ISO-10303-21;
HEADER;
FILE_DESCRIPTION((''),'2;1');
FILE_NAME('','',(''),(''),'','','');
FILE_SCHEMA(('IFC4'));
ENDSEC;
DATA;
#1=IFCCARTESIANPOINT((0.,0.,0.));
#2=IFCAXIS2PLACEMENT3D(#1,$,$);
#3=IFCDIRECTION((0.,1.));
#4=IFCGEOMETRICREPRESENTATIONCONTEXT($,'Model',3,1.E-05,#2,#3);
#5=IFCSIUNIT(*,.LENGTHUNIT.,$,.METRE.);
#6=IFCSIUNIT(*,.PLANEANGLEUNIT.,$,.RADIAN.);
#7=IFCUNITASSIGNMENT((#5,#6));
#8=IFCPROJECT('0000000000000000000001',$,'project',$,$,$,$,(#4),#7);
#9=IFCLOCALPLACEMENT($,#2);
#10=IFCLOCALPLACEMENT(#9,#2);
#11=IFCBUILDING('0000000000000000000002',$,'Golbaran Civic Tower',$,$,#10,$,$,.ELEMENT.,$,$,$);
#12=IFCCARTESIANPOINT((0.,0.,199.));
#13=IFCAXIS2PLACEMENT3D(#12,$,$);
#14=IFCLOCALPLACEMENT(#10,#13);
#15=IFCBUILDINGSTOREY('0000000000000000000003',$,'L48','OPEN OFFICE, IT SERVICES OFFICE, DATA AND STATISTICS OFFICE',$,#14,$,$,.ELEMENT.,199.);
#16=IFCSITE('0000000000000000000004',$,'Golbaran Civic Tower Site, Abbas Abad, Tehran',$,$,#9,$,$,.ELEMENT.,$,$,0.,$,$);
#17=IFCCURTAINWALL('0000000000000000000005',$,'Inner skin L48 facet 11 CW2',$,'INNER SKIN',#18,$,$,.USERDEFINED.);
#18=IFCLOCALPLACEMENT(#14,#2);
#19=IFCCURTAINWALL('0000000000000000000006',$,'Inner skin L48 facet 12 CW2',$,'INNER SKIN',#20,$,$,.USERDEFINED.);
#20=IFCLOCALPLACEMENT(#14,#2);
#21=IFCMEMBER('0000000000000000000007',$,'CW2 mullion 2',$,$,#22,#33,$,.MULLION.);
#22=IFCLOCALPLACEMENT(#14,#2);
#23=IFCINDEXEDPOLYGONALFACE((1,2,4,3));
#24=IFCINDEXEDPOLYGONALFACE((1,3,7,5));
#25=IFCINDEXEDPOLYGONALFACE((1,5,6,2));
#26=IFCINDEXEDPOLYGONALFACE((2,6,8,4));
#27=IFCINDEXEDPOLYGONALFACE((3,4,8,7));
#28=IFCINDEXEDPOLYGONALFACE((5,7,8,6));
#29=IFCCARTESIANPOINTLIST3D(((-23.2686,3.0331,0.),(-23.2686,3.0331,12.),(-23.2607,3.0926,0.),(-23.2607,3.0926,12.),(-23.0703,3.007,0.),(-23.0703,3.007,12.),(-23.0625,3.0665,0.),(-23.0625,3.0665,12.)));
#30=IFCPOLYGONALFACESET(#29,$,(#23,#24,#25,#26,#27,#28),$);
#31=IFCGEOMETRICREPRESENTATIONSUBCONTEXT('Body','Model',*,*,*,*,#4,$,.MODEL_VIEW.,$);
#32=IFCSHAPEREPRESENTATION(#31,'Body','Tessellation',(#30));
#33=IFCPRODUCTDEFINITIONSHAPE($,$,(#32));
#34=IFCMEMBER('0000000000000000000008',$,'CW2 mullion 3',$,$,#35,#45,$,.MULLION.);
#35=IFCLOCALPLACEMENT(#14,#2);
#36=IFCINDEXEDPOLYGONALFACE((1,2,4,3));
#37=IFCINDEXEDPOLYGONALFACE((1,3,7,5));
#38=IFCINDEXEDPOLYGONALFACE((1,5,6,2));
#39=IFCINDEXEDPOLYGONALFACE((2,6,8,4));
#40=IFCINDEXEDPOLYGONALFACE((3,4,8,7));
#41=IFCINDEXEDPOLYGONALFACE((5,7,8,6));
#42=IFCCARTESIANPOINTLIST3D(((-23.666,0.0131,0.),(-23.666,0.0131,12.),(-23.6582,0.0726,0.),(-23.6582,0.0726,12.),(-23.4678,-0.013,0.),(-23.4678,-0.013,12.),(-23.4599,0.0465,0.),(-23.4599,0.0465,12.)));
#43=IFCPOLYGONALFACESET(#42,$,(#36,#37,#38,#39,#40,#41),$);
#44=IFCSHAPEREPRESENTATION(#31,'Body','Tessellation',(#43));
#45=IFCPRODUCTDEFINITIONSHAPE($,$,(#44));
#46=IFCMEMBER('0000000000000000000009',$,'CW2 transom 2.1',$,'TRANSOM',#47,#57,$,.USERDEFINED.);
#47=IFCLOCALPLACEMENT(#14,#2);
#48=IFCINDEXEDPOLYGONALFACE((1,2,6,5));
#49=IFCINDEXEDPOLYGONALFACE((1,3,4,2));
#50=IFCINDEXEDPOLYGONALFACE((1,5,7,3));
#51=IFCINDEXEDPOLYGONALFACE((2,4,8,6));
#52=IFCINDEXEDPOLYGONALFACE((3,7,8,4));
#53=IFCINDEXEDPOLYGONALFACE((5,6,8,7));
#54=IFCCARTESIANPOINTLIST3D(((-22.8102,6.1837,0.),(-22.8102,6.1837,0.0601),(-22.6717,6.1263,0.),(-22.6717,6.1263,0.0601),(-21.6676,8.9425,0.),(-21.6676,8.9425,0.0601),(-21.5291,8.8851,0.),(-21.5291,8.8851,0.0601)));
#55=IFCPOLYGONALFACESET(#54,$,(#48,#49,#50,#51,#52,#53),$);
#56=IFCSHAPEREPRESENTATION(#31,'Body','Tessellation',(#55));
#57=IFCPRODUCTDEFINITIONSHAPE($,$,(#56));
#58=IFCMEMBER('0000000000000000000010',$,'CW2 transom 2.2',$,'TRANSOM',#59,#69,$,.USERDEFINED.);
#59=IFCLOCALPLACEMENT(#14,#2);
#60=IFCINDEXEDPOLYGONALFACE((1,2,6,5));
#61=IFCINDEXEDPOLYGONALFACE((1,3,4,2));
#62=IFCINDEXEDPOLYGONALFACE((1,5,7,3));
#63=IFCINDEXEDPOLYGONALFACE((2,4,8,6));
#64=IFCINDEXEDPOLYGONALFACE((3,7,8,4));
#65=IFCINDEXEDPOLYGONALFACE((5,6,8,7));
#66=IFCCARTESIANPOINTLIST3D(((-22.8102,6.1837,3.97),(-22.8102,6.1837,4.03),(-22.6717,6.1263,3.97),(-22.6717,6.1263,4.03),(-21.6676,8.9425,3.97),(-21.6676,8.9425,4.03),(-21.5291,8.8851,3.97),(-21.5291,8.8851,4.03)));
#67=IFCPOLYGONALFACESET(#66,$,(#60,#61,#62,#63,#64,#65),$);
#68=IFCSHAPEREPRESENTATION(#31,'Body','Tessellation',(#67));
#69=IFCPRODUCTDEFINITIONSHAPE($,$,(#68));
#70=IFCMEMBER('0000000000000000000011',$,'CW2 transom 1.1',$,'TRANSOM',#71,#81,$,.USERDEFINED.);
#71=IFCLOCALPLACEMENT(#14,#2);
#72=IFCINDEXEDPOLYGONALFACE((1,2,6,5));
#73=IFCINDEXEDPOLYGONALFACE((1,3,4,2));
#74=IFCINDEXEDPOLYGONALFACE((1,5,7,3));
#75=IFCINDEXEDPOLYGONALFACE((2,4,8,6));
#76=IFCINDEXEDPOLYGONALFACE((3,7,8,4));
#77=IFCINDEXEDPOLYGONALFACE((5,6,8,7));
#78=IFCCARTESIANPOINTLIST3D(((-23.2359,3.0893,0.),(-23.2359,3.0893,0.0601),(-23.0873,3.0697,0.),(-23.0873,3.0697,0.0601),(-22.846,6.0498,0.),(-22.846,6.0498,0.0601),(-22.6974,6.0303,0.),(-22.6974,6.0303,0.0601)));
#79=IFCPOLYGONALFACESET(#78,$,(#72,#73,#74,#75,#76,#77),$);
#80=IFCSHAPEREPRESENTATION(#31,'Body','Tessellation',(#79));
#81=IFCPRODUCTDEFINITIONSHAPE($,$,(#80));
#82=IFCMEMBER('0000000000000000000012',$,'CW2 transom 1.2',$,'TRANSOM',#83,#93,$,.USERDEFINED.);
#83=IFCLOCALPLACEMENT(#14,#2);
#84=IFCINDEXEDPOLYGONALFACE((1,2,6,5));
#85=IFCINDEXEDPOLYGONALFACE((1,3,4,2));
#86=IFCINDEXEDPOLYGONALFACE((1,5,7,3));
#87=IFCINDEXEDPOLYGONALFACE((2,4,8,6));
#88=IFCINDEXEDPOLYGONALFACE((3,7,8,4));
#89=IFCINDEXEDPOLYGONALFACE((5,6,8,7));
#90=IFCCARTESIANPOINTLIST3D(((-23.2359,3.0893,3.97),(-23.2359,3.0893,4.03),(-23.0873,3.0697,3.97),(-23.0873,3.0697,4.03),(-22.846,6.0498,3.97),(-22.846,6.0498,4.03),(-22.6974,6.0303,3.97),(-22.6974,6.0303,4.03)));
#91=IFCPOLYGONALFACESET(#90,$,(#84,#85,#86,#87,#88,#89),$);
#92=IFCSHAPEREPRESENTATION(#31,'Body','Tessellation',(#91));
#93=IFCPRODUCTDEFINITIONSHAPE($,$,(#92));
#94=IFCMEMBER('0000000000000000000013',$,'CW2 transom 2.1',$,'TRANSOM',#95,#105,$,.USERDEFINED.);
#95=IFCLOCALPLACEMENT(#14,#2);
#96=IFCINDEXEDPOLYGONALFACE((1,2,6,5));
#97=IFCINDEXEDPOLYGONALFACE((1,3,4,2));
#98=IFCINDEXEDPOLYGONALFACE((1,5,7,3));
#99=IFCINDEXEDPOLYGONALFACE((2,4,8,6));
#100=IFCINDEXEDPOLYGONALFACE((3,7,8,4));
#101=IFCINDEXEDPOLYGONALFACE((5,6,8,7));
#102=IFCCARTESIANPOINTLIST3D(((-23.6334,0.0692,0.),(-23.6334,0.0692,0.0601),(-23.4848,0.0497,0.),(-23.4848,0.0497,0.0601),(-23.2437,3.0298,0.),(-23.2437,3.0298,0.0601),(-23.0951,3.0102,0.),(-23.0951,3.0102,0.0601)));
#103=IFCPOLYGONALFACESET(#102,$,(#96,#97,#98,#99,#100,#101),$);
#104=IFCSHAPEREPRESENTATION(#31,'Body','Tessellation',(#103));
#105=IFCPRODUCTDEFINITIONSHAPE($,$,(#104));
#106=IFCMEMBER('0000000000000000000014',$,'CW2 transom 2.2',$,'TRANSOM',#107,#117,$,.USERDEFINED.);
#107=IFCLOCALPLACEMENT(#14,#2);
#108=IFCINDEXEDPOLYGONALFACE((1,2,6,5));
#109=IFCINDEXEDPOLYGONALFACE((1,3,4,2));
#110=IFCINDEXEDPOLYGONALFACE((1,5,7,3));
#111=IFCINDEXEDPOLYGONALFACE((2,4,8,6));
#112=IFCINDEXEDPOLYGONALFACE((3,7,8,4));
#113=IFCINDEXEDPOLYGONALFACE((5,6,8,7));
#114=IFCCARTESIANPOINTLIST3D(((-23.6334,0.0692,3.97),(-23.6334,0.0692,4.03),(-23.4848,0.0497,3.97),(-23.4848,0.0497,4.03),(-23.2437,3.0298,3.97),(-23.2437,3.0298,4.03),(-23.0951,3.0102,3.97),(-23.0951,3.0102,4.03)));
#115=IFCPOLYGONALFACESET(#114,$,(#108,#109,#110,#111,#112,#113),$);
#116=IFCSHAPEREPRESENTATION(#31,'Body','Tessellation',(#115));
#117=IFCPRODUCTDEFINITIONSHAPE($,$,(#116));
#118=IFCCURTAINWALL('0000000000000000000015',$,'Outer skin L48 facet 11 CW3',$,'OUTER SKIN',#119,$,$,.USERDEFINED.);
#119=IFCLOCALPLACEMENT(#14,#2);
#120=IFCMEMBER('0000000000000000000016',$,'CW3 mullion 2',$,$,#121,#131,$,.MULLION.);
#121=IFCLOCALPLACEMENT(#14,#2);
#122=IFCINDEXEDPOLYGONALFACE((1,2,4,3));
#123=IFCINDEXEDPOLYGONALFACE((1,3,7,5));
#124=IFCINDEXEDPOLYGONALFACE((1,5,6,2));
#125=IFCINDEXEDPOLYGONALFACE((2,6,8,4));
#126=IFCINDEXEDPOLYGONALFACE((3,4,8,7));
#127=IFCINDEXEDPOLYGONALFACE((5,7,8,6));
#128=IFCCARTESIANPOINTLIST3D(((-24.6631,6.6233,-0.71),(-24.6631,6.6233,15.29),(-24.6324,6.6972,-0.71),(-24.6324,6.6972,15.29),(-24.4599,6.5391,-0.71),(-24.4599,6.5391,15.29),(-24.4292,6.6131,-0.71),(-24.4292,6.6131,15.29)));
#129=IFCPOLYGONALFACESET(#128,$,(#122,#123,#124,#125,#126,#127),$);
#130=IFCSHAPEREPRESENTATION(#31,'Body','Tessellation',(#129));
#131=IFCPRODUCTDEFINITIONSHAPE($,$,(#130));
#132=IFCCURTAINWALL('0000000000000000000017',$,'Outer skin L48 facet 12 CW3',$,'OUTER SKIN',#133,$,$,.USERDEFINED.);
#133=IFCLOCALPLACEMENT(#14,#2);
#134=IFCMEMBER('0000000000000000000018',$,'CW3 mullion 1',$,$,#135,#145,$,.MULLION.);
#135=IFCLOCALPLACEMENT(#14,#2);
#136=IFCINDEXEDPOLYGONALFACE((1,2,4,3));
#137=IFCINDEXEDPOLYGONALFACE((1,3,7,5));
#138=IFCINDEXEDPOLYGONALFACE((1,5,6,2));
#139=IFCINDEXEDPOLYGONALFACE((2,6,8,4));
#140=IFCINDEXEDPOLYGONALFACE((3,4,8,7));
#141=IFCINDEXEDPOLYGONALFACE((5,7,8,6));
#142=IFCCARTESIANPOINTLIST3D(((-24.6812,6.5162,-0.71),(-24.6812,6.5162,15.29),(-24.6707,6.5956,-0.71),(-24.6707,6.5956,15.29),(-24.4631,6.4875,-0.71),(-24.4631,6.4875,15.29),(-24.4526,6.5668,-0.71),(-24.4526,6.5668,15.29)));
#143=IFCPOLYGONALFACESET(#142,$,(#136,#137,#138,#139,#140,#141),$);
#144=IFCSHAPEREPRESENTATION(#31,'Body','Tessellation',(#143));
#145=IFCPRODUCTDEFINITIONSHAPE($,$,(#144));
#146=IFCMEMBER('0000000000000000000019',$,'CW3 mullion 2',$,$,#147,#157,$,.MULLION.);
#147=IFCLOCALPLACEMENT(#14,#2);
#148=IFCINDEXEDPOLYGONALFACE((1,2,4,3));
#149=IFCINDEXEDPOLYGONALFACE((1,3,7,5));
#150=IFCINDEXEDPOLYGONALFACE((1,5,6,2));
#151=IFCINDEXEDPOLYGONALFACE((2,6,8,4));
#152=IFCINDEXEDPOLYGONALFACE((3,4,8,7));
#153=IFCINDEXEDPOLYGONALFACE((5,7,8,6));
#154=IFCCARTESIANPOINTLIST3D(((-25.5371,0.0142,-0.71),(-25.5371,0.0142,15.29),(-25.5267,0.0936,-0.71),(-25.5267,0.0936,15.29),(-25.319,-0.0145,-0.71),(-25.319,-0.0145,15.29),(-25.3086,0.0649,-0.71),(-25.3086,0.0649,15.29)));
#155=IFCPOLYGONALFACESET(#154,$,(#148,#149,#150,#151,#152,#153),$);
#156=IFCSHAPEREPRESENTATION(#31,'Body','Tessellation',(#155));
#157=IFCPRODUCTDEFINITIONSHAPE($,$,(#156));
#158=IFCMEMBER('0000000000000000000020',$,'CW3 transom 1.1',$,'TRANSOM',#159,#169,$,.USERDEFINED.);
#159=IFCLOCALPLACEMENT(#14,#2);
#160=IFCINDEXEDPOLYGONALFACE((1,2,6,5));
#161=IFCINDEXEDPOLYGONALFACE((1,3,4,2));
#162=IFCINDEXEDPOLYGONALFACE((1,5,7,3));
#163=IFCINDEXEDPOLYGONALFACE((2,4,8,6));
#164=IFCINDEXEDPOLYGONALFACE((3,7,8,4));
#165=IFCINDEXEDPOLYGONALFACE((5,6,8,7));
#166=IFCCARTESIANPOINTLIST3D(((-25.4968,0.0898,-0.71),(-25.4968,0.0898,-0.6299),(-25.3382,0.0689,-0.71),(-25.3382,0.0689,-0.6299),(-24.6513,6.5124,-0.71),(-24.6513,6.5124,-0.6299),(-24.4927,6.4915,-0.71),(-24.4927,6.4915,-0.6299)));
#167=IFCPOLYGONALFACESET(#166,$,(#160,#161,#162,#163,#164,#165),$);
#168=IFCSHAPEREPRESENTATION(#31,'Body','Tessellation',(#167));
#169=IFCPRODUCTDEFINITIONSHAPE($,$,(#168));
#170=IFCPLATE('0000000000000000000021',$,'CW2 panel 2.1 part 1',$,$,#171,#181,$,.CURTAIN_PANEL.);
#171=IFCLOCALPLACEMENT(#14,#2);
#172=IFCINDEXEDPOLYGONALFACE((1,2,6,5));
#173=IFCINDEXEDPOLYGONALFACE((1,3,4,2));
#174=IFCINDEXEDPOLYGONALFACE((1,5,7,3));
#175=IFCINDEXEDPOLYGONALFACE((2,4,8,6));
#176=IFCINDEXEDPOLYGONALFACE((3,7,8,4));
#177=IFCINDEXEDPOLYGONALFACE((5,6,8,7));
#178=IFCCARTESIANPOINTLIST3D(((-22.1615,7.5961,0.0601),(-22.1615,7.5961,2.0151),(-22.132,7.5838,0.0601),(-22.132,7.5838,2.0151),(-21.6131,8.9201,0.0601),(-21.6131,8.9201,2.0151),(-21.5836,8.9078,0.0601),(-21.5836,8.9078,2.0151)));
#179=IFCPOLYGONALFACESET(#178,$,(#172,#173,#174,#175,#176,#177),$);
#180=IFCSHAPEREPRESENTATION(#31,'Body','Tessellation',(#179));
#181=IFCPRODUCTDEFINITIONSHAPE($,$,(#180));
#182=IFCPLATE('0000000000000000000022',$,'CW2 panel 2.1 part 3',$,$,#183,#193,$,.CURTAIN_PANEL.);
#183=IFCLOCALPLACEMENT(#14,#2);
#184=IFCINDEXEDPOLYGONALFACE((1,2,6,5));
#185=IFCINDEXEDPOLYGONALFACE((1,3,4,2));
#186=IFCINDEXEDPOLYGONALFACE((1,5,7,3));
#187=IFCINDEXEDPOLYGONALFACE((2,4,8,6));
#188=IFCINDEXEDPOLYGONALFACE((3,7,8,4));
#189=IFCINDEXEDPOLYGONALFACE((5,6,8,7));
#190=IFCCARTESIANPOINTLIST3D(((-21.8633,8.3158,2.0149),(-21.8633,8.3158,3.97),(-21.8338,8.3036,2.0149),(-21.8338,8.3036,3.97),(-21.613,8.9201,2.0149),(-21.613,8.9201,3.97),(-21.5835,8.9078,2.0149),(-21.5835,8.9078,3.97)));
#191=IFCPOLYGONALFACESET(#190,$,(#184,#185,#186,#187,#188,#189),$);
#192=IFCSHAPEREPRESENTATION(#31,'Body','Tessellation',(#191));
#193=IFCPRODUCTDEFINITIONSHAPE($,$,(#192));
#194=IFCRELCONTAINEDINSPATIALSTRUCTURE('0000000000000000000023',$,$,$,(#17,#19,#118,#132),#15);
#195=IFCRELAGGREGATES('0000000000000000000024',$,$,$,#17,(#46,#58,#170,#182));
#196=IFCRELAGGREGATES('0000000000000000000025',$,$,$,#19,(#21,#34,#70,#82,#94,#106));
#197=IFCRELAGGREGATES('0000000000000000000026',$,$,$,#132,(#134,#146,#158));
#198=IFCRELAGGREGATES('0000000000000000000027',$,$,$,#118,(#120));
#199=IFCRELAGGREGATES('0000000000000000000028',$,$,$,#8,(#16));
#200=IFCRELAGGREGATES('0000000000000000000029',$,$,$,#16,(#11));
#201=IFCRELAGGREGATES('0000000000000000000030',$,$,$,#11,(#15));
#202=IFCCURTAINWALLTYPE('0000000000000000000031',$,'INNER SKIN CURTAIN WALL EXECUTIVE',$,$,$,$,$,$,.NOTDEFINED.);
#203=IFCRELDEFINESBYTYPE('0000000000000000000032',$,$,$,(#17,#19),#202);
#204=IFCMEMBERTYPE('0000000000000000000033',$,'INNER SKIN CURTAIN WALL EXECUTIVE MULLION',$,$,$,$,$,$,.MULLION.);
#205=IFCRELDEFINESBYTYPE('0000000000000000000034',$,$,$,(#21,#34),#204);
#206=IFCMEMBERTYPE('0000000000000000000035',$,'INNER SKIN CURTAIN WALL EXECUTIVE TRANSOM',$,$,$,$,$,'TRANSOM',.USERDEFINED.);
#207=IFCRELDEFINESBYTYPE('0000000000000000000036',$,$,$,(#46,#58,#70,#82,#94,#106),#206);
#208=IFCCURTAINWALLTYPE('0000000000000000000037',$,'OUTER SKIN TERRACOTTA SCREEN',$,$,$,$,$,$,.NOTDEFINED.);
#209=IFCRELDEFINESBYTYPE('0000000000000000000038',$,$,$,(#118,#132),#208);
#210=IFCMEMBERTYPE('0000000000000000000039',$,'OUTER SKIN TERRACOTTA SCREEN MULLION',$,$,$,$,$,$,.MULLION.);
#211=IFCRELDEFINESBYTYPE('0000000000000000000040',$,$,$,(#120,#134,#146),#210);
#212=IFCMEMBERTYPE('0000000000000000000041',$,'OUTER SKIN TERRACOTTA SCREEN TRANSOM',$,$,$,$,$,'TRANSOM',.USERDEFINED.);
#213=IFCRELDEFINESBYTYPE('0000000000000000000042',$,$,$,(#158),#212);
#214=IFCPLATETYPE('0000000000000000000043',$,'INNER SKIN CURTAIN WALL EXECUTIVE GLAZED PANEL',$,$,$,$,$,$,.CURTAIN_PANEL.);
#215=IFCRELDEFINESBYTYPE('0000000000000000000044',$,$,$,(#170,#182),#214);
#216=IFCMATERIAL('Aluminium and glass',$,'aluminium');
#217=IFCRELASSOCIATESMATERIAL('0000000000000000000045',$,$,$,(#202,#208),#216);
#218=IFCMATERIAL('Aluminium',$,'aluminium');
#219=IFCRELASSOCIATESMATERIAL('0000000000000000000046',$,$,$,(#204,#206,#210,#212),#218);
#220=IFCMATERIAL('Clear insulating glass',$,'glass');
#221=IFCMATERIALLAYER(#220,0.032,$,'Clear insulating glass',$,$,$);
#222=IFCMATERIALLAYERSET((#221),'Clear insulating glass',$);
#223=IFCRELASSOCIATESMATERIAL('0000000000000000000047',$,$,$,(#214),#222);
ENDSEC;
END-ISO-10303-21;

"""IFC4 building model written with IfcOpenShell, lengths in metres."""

from ifc_helpers import new_model, si_unit, direction, frame, origin, origin_2d, place, context, subcontext, project, spatial, rectangle, extrude, material, layer, layer_set, material_profile, profile_set, type_object, element, aggregate, save


model = new_model("IFC4")

# Units and contexts
model_context = context("Model", 3, precision=1e-05, world=origin(), true_north=direction((0.0, 1.0)))
body_context = subcontext(model_context, "Body", "Model", "MODEL_VIEW")
ifc_project = project(units=[si_unit("LENGTHUNIT", "METRE"), si_unit("PLANEANGLEUNIT", "RADIAN")], contexts=[model_context])

# Site, building, storey
site_placement = place(None, origin())
site = spatial("IfcSite", under=ifc_project, at=site_placement, Name="Golbaran Civic Tower Site, Abbas Abad, Tehran", CompositionType="ELEMENT", RefElevation=0.0)
building_placement = place(site_placement, origin())
building = spatial("IfcBuilding", under=site, at=building_placement, Name="Golbaran Civic Tower", CompositionType="ELEMENT")
storey_placement = place(building_placement, frame((0.0, 0.0, 199.0)))
storey = spatial("IfcBuildingStorey", under=building, at=storey_placement, Name="L48", Description="OPEN OFFICE, IT SERVICES OFFICE, DATA AND STATISTICS OFFICE", CompositionType="ELEMENT", Elevation=199.0)

# Curtain walls, members
ifc_material_1 = material(Name="Aluminium and glass", Category="aluminium")
curtain_wall_type_1 = type_object("IfcCurtainWallType", Name="INNER SKIN CURTAIN WALL EXECUTIVE", PredefinedType="NOTDEFINED", material=ifc_material_1)
curtain_wall_1_placement = place(storey_placement, origin())
curtain_wall_1 = element("IfcCurtainWall", 1, at=curtain_wall_1_placement, inside=storey, type_object=curtain_wall_type_1, Name="Inner skin L48 facet 11 CW2", ObjectType="INNER SKIN", PredefinedType="USERDEFINED")
ifc_material_2 = material(Name="Aluminium", Category="aluminium")
ifc_material_profile_1 = material_profile(ifc_material_2, rectangle(XDim=0.2, YDim=0.0601, at=origin_2d()), Name="INNER SKIN CURTAIN WALL EXECUTIVE MULLION")
ifc_profile_set_1 = profile_set([ifc_material_profile_1], Name="Aluminium")
member_type_1 = type_object("IfcMemberType", Name="INNER SKIN CURTAIN WALL EXECUTIVE MULLION", PredefinedType="MULLION", material=ifc_profile_set_1)
curtain_wall_2_placement = place(storey_placement, origin())
curtain_wall_2 = element("IfcCurtainWall", 2, at=curtain_wall_2_placement, inside=storey, type_object=curtain_wall_type_1, Name="Inner skin L48 facet 12 CW2", ObjectType="INNER SKIN", PredefinedType="USERDEFINED")
member_1_placement = place(storey_placement, frame((-23.1655, 3.0498, 0.0), z_axis=(0.0, 0.0, 1.0), x_axis=(0.991445, -0.130526, 0.0)))
member_1 = element("IfcMember", 3, at=member_1_placement, type_object=member_type_1, Name="CW2 mullion 2", PredefinedType="MULLION", context=body_context, shape_type="SweptSolid", body=[
    extrude(rectangle(XDim=0.2, YDim=0.0601, at=origin_2d()), origin(), (0.0, 0.0, 1.0), 12.0),
])
member_2_placement = place(storey_placement, frame((-23.563, 0.0298, 0.0), z_axis=(0.0, 0.0, 1.0), x_axis=(0.991445, -0.130526, 0.0)))
member_2 = element("IfcMember", 4, at=member_2_placement, type_object=member_type_1, Name="CW2 mullion 3", PredefinedType="MULLION", context=body_context, shape_type="SweptSolid", body=[
    extrude(rectangle(XDim=0.2, YDim=0.0601, at=origin_2d()), origin(), (0.0, 0.0, 1.0), 12.0),
])

# Members
ifc_material_profile_2 = material_profile(ifc_material_2, rectangle(XDim=0.1499, YDim=0.0601, at=origin_2d()), Name="INNER SKIN CURTAIN WALL EXECUTIVE TRANSOM")
ifc_profile_set_2 = profile_set([ifc_material_profile_2], Name="Aluminium")
member_type_2 = type_object("IfcMemberType", Name="INNER SKIN CURTAIN WALL EXECUTIVE TRANSOM", ElementType="TRANSOM", PredefinedType="USERDEFINED", material=ifc_profile_set_2)
member_3_placement = place(storey_placement, frame((-21.5984, 8.9138, 0.03), z_axis=(-0.382641, -0.923897, 0.0), x_axis=(0.923897, -0.382641, 0.0)))
member_3 = element("IfcMember", 5, at=member_3_placement, type_object=member_type_2, Name="CW2 transom 2.1", ObjectType="TRANSOM", PredefinedType="USERDEFINED", context=body_context, shape_type="SweptSolid", body=[
    extrude(rectangle(XDim=0.1499, YDim=0.0601, at=origin_2d()), origin(), (0.0, 0.0, 1.0), 2.9861),
])
member_4_placement = place(storey_placement, frame((-21.5984, 8.9138, 4.0), z_axis=(-0.382641, -0.923897, 0.0), x_axis=(0.923897, -0.382641, 0.0)))
member_4 = element("IfcMember", 6, at=member_4_placement, type_object=member_type_2, Name="CW2 transom 2.2", ObjectType="TRANSOM", PredefinedType="USERDEFINED", context=body_context, shape_type="SweptSolid", body=[
    extrude(rectangle(XDim=0.1499, YDim=0.0601, at=origin_2d()), origin(), (0.0, 0.0, 1.0), 2.9861),
])
member_5_placement = place(storey_placement, frame((-22.7717, 6.04, 0.03), z_axis=(-0.130573, -0.991439, 0.0), x_axis=(0.991439, -0.130573, 0.0)))
member_5 = element("IfcMember", 7, at=member_5_placement, type_object=member_type_2, Name="CW2 transom 1.1", ObjectType="TRANSOM", PredefinedType="USERDEFINED", context=body_context, shape_type="SweptSolid", body=[
    extrude(rectangle(XDim=0.1499, YDim=0.0601, at=origin_2d()), origin(), (0.0, 0.0, 1.0), 2.9861),
])
member_6_placement = place(storey_placement, frame((-22.7717, 6.04, 4.0), z_axis=(-0.130573, -0.991439, 0.0), x_axis=(0.991439, -0.130573, 0.0)))
member_6 = element("IfcMember", 8, at=member_6_placement, type_object=member_type_2, Name="CW2 transom 1.2", ObjectType="TRANSOM", PredefinedType="USERDEFINED", context=body_context, shape_type="SweptSolid", body=[
    extrude(rectangle(XDim=0.1499, YDim=0.0601, at=origin_2d()), origin(), (0.0, 0.0, 1.0), 2.9861),
])
member_7_placement = place(storey_placement, frame((-23.1694, 3.02, 0.03), z_axis=(-0.130493, -0.991449, 0.0), x_axis=(0.991449, -0.130493, 0.0)))
member_7 = element("IfcMember", 9, at=member_7_placement, type_object=member_type_2, Name="CW2 transom 2.1", ObjectType="TRANSOM", PredefinedType="USERDEFINED", context=body_context, shape_type="SweptSolid", body=[
    extrude(rectangle(XDim=0.1499, YDim=0.0601, at=origin_2d()), origin(), (0.0, 0.0, 1.0), 2.9861),
])
member_8_placement = place(storey_placement, frame((-23.1694, 3.02, 4.0), z_axis=(-0.130493, -0.991449, 0.0), x_axis=(0.991449, -0.130493, 0.0)))
member_8 = element("IfcMember", 10, at=member_8_placement, type_object=member_type_2, Name="CW2 transom 2.2", ObjectType="TRANSOM", PredefinedType="USERDEFINED", context=body_context, shape_type="SweptSolid", body=[
    extrude(rectangle(XDim=0.1499, YDim=0.0601, at=origin_2d()), origin(), (0.0, 0.0, 1.0), 2.9861),
])

# Curtain wall, member
curtain_wall_type_2 = type_object("IfcCurtainWallType", Name="OUTER SKIN TERRACOTTA SCREEN", PredefinedType="NOTDEFINED", material=ifc_material_1)
curtain_wall_3_placement = place(storey_placement, origin())
curtain_wall_3 = element("IfcCurtainWall", 11, at=curtain_wall_3_placement, inside=storey, type_object=curtain_wall_type_2, Name="Outer skin L48 facet 11 CW3", ObjectType="OUTER SKIN", PredefinedType="USERDEFINED")
ifc_material_profile_3 = material_profile(ifc_material_2, rectangle(XDim=0.22, YDim=0.0801, at=origin_2d()), Name="OUTER SKIN TERRACOTTA SCREEN MULLION")
ifc_profile_set_3 = profile_set([ifc_material_profile_3], Name="Aluminium")
member_type_3 = type_object("IfcMemberType", Name="OUTER SKIN TERRACOTTA SCREEN MULLION", PredefinedType="MULLION", material=ifc_profile_set_3)
member_9_placement = place(storey_placement, frame((-24.5461, 6.6182, -0.71), z_axis=(0.0, 0.0, 1.0), x_axis=(0.92388, -0.382683, 0.0)))
member_9 = element("IfcMember", 12, at=member_9_placement, type_object=member_type_3, Name="CW3 mullion 2", PredefinedType="MULLION", context=body_context, shape_type="SweptSolid", body=[
    extrude(rectangle(XDim=0.22, YDim=0.0801, at=origin_2d()), origin(), (0.0, 0.0, 1.0), 16.0),
])

# Curtain wall, members
curtain_wall_4_placement = place(storey_placement, origin())
curtain_wall_4 = element("IfcCurtainWall", 13, at=curtain_wall_4_placement, inside=storey, type_object=curtain_wall_type_2, Name="Outer skin L48 facet 12 CW3", ObjectType="OUTER SKIN", PredefinedType="USERDEFINED")
member_10_placement = place(storey_placement, frame((-24.5669, 6.5415, -0.71), z_axis=(0.0, 0.0, 1.0), x_axis=(0.991445, -0.130526, 0.0)))
member_10 = element("IfcMember", 14, at=member_10_placement, type_object=member_type_3, Name="CW3 mullion 1", PredefinedType="MULLION", context=body_context, shape_type="SweptSolid", body=[
    extrude(rectangle(XDim=0.22, YDim=0.0801, at=origin_2d()), origin(), (0.0, 0.0, 1.0), 16.0),
])
member_11_placement = place(storey_placement, frame((-25.4229, 0.0396, -0.71), z_axis=(0.0, 0.0, 1.0), x_axis=(0.991445, -0.130526, 0.0)))
member_11 = element("IfcMember", 15, at=member_11_placement, type_object=member_type_3, Name="CW3 mullion 2", PredefinedType="MULLION", context=body_context, shape_type="SweptSolid", body=[
    extrude(rectangle(XDim=0.22, YDim=0.0801, at=origin_2d()), origin(), (0.0, 0.0, 1.0), 16.0),
])
ifc_material_profile_4 = material_profile(ifc_material_2, rectangle(XDim=0.1599, YDim=0.0801, at=origin_2d()), Name="OUTER SKIN TERRACOTTA SCREEN TRANSOM")
ifc_profile_set_4 = profile_set([ifc_material_profile_4], Name="Aluminium")
member_type_4 = type_object("IfcMemberType", Name="OUTER SKIN TERRACOTTA SCREEN TRANSOM", ElementType="TRANSOM", PredefinedType="USERDEFINED", material=ifc_profile_set_4)
member_12_placement = place(storey_placement, frame((-24.572, 6.502, -0.6699), z_axis=(-0.130512, -0.991447, 0.0), x_axis=(0.991447, -0.130512, 0.0)))
member_12 = element("IfcMember", 16, at=member_12_placement, type_object=member_type_4, Name="CW3 transom 1.1", ObjectType="TRANSOM", PredefinedType="USERDEFINED", context=body_context, shape_type="SweptSolid", body=[
    extrude(rectangle(XDim=0.1599, YDim=0.0801, at=origin_2d()), origin(), (0.0, 0.0, 1.0), 6.478),
])

# Plates
ifc_material_3 = material(Name="Clear insulating glass", Category="glass")
ifc_layer_1 = layer(ifc_material_3, 0.032, Name="Clear insulating glass")
ifc_layer_set_1 = layer_set([ifc_layer_1], Name="Clear insulating glass")
plate_type_1 = type_object("IfcPlateType", Name="INNER SKIN CURTAIN WALL EXECUTIVE GLAZED PANEL", PredefinedType="CURTAIN_PANEL", material=ifc_layer_set_1)
plate_1_placement = place(storey_placement, frame((-21.8726, 8.252, 0.0601), z_axis=(0.0, 0.0, 1.0), x_axis=(-0.382683, -0.92388, 0.0)))
plate_1 = element("IfcPlate", 17, at=plate_1_placement, type_object=plate_type_1, Name="CW2 panel 2.1 part 1", PredefinedType="CURTAIN_PANEL", context=body_context, shape_type="SweptSolid", body=[
    extrude(rectangle(XDim=1.4331, YDim=0.032, at=origin_2d()), origin(), (0.0, 0.0, 1.0), 1.9551),
])
plate_2_placement = place(storey_placement, frame((-21.7234, 8.6118, 2.0149), z_axis=(0.0, 0.0, 1.0), x_axis=(-0.382683, -0.92388, 0.0)))
plate_2 = element("IfcPlate", 18, at=plate_2_placement, type_object=plate_type_1, Name="CW2 panel 2.1 part 3", PredefinedType="CURTAIN_PANEL", context=body_context, shape_type="SweptSolid", body=[
    extrude(rectangle(XDim=0.6541, YDim=0.032, at=origin_2d()), origin(), (0.0, 0.0, 1.0), 1.9551),
])
aggregate(curtain_wall_1, [member_3, member_4, plate_1, plate_2])
aggregate(curtain_wall_2, [member_1, member_2, member_5, member_6, member_7, member_8])
aggregate(curtain_wall_4, [member_10, member_11, member_12])
aggregate(curtain_wall_3, [member_9])

save(model, "model.ifc")
